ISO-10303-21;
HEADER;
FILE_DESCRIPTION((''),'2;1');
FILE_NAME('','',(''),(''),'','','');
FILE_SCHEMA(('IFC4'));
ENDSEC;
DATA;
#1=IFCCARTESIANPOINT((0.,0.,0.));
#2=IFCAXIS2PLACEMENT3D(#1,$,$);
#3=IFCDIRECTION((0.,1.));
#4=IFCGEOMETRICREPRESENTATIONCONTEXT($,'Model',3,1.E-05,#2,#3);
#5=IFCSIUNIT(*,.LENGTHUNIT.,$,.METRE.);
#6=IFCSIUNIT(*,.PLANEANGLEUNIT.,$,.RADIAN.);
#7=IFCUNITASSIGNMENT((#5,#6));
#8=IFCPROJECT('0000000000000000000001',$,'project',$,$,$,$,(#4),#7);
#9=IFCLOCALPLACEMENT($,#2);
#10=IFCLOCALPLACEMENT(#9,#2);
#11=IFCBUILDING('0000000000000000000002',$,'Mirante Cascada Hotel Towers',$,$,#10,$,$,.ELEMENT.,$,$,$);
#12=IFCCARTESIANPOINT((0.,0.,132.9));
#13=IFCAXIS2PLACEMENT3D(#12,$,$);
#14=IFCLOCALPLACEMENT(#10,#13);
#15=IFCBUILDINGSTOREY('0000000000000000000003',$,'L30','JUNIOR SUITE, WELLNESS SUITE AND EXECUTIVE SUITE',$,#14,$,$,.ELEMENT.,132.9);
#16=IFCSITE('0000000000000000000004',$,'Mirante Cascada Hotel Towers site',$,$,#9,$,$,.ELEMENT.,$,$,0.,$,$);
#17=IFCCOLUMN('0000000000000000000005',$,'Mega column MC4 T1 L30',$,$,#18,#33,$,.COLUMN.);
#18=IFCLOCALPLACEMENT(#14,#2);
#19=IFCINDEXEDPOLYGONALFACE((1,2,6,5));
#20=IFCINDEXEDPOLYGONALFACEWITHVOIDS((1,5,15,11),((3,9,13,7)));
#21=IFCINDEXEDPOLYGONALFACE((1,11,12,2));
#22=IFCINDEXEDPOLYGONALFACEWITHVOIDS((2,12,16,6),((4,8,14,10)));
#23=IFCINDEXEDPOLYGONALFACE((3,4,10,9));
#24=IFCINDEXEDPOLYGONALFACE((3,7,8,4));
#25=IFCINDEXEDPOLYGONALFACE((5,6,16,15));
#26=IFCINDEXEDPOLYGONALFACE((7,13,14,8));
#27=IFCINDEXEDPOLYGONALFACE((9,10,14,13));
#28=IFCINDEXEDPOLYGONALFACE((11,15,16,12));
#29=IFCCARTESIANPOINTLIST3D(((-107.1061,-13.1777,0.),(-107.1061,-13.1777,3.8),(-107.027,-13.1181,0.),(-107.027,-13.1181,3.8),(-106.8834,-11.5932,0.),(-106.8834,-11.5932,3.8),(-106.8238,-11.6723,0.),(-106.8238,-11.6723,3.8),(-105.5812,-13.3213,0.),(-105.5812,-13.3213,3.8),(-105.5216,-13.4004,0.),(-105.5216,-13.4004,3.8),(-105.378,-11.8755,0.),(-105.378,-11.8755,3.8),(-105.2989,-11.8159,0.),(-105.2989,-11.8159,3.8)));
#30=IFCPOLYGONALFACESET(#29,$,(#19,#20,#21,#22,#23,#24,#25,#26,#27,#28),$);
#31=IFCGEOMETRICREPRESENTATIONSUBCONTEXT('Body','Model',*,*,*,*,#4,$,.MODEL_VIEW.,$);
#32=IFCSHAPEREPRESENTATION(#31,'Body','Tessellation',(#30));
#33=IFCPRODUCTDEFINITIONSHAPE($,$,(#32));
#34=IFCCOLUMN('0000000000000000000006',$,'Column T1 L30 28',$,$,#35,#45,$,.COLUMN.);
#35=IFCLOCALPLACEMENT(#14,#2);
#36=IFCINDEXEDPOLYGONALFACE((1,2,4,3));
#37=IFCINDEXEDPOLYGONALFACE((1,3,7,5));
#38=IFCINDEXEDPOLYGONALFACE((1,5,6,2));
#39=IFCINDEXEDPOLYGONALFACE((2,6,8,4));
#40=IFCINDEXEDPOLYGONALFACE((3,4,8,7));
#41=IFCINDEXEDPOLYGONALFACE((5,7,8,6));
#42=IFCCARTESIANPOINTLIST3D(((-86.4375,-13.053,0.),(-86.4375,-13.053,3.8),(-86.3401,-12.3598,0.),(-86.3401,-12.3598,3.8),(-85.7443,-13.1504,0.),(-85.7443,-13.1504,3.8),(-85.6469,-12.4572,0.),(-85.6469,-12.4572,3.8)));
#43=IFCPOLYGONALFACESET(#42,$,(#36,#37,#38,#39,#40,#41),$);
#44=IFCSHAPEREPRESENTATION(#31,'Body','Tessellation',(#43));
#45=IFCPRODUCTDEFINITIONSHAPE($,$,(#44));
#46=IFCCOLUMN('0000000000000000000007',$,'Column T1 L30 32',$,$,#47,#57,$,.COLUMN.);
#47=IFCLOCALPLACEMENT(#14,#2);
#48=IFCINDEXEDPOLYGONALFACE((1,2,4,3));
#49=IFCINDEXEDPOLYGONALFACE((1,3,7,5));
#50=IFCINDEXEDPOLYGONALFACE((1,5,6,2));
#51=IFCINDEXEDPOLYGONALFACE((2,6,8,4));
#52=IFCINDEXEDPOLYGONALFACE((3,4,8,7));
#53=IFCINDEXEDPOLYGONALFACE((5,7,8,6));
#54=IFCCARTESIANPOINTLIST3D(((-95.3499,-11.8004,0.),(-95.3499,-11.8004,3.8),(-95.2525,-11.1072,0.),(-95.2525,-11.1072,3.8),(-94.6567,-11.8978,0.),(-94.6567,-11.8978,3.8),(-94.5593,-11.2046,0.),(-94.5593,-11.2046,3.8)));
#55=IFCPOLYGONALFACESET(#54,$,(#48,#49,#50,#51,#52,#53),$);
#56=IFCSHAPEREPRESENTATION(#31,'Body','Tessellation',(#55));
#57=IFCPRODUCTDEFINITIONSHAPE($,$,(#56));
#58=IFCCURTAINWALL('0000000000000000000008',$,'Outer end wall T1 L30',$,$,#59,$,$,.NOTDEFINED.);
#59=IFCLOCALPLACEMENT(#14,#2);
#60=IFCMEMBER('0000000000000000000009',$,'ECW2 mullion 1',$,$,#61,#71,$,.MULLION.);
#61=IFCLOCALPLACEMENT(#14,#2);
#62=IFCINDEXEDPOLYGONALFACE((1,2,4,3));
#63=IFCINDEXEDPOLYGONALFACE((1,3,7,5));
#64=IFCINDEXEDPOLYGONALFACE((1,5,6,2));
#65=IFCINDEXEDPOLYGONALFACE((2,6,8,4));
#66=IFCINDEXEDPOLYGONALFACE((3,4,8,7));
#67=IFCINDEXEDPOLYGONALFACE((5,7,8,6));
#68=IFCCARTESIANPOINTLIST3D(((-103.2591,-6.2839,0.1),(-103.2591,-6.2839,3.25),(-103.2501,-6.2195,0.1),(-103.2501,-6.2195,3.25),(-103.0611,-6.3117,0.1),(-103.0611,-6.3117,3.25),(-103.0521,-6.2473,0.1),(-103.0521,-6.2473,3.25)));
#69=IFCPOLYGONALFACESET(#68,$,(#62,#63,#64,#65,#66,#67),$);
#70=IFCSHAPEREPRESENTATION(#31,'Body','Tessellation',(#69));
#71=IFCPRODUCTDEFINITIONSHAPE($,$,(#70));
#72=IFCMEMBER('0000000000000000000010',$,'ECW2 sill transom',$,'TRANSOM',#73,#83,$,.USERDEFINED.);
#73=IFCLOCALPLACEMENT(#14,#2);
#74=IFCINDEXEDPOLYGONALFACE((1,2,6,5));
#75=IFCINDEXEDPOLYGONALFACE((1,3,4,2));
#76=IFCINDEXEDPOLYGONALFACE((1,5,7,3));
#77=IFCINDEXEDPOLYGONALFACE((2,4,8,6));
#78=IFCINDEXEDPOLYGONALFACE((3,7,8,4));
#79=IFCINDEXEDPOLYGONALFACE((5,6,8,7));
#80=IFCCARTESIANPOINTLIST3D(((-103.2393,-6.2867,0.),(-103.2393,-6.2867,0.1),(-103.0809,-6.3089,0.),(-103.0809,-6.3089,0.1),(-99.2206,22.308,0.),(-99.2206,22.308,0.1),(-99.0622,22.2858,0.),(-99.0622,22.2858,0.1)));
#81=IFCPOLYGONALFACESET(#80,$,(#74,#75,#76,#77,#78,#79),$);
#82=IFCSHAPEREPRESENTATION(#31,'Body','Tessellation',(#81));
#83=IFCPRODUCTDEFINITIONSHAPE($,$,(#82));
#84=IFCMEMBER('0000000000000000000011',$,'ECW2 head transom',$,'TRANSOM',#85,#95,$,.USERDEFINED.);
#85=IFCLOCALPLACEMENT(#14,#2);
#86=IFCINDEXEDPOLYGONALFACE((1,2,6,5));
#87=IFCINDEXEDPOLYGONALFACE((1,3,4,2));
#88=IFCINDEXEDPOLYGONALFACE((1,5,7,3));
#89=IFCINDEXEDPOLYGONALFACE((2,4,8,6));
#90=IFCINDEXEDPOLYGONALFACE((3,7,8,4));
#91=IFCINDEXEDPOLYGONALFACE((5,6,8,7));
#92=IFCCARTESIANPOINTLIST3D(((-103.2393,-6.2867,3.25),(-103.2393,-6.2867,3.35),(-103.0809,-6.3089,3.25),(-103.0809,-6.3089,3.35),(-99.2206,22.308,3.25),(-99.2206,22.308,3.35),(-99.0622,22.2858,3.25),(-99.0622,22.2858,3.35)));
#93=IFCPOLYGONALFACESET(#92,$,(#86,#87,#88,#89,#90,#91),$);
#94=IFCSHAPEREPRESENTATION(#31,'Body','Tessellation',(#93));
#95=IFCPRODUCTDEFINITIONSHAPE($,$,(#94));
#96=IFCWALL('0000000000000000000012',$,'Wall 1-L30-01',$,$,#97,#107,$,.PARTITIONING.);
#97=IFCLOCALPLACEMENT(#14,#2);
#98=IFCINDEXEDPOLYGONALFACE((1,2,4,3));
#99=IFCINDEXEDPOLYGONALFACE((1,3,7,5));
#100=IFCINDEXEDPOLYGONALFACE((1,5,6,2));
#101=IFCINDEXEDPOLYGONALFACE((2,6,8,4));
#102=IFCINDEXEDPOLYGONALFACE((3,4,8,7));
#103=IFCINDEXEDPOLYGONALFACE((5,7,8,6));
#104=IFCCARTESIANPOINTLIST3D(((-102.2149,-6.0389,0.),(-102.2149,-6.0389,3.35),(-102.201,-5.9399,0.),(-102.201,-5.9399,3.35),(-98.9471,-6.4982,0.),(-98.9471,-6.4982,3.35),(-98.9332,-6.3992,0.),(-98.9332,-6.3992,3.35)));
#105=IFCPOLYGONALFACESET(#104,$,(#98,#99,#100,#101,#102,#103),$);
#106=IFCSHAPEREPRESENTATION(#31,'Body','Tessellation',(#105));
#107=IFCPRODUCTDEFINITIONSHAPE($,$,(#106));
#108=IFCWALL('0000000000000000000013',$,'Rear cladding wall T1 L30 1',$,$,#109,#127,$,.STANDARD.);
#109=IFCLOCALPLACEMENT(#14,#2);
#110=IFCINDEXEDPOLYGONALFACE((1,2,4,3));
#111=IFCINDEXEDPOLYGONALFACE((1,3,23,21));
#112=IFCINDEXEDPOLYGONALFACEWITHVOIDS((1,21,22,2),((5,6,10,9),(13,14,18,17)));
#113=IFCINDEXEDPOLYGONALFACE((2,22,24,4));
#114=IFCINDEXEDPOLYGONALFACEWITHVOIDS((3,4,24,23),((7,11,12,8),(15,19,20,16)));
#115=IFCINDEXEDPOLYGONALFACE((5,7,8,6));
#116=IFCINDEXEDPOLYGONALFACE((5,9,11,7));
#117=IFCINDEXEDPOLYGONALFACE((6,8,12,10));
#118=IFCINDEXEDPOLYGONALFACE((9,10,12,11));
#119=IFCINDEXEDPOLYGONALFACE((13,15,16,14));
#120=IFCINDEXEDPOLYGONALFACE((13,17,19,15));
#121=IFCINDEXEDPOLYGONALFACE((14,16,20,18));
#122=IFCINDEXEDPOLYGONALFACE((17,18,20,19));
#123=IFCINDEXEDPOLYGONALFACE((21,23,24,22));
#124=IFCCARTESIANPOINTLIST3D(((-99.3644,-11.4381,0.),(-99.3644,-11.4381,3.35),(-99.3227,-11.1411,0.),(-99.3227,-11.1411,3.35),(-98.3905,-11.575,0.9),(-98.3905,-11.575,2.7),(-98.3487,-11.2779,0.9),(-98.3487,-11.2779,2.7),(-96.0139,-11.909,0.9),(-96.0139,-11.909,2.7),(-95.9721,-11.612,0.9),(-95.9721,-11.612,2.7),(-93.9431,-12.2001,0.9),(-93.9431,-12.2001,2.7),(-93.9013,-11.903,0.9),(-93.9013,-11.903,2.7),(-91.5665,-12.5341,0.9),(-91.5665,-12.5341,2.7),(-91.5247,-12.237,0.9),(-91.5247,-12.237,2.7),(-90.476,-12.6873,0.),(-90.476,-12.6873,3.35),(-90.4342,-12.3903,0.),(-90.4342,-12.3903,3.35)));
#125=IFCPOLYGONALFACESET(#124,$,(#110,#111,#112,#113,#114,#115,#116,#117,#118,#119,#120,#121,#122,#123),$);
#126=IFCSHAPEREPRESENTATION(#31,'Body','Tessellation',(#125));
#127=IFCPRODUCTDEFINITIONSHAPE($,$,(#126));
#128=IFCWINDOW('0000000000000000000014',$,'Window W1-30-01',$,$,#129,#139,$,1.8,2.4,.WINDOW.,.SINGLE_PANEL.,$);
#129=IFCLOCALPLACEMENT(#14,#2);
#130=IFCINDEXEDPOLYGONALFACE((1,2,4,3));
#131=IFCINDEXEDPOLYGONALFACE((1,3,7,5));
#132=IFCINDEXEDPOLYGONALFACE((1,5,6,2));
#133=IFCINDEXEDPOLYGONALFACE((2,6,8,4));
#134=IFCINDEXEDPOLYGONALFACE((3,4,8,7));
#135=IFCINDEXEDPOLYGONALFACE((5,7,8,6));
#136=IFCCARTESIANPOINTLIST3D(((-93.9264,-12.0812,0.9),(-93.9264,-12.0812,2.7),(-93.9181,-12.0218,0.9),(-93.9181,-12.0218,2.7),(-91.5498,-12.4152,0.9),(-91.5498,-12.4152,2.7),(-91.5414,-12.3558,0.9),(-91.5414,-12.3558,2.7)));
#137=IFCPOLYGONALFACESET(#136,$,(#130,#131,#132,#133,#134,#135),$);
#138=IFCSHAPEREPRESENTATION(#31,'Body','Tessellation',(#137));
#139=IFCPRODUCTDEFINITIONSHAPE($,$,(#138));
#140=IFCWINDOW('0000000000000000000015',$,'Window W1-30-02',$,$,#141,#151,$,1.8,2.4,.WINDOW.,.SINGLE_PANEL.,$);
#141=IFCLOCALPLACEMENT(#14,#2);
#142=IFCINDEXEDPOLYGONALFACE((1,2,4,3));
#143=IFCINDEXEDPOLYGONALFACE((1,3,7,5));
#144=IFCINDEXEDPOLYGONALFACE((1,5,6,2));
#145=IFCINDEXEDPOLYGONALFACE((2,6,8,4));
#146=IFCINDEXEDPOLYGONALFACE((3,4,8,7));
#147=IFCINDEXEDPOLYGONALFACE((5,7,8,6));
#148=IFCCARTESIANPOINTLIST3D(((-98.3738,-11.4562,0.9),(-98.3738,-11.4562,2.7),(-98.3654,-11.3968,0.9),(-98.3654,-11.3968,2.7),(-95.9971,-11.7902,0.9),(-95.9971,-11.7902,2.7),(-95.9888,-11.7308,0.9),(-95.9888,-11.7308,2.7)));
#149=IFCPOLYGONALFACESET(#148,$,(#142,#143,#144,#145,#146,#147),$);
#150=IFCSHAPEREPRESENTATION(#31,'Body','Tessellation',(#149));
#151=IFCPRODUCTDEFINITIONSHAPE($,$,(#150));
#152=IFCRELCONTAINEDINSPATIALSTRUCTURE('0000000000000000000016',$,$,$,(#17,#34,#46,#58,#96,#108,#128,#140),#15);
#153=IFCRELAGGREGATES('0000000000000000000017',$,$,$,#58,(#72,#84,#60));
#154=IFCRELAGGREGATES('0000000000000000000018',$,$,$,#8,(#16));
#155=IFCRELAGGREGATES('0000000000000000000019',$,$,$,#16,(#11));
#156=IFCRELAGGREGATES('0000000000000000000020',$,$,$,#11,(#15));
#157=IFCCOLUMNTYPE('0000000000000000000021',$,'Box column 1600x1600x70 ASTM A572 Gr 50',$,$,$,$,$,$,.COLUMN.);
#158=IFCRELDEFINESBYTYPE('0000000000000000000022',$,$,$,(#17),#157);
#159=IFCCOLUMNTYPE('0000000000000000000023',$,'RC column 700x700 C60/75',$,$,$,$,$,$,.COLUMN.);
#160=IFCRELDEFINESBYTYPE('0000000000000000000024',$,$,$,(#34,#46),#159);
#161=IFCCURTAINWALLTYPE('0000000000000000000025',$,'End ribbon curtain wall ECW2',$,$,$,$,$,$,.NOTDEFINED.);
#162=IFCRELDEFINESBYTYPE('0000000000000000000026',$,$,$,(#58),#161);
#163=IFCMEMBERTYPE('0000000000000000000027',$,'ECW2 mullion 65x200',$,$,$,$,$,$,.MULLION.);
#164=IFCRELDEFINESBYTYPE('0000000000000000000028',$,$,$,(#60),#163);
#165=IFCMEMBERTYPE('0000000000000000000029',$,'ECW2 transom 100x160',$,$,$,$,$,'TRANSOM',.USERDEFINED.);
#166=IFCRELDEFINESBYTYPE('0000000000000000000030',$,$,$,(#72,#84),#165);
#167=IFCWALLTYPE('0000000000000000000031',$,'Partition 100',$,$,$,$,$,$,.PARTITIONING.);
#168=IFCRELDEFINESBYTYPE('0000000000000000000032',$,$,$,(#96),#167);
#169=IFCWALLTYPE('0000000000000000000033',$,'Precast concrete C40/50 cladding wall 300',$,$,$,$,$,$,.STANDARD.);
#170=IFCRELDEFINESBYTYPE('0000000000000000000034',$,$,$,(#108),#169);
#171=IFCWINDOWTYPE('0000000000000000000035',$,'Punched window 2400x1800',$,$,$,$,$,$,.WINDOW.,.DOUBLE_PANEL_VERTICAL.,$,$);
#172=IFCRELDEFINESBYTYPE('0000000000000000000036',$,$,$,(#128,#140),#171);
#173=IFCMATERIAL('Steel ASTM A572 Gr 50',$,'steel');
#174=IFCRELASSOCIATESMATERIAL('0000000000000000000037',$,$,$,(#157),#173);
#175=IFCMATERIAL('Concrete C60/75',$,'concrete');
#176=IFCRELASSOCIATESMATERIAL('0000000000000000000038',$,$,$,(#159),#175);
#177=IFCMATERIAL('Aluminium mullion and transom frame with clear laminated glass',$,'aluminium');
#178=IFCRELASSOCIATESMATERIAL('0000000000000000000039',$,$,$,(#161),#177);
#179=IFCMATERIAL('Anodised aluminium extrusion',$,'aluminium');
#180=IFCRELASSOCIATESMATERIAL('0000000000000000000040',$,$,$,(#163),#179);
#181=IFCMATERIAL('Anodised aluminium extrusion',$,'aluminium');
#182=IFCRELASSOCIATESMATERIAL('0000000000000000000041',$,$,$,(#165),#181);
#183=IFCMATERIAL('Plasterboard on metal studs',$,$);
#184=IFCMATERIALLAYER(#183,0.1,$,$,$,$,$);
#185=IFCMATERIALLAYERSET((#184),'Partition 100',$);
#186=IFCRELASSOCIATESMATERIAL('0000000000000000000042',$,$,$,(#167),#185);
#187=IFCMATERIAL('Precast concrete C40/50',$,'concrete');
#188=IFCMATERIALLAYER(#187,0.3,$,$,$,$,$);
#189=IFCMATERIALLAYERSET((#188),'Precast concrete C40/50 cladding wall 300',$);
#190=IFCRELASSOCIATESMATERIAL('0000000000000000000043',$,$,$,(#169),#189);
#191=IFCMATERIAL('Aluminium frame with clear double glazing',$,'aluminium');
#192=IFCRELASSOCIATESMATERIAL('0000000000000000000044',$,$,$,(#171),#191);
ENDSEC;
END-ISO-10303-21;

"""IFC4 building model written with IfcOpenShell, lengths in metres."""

from ifc_helpers import new_model, si_unit, direction, frame, frame_2d, origin, origin_2d, place, context, subcontext, project, spatial, rectangle, hollow_rectangle, extrude, material, layer, layer_set, material_profile, profile_set, type_object, element, fill, aggregate, save


model = new_model("IFC4")

# Units and contexts
model_context = context("Model", 3, precision=1e-05, world=origin(), true_north=direction((0.0, 1.0)))
body_context = subcontext(model_context, "Body", "Model", "MODEL_VIEW")
ifc_project = project(units=[si_unit("LENGTHUNIT", "METRE"), si_unit("PLANEANGLEUNIT", "RADIAN")], contexts=[model_context])

# Site, building, storey
site_placement = place(None, origin())
site = spatial("IfcSite", under=ifc_project, at=site_placement, Name="Mirante Cascada Hotel Towers site", CompositionType="ELEMENT", RefElevation=0.0)
building_placement = place(site_placement, origin())
building = spatial("IfcBuilding", under=site, at=building_placement, Name="Mirante Cascada Hotel Towers", CompositionType="ELEMENT")
storey_placement = place(building_placement, frame((0.0, 0.0, 132.9)))
storey = spatial("IfcBuildingStorey", under=building, at=storey_placement, Name="L30", Description="JUNIOR SUITE, WELLNESS SUITE AND EXECUTIVE SUITE", CompositionType="ELEMENT", Elevation=132.9)

# Columns
ifc_material_1 = material(Name="Steel ASTM A572 Gr 50", Category="steel")
ifc_material_profile_1 = material_profile(ifc_material_1, hollow_rectangle(XDim=1.6, YDim=1.6, WallThickness=0.07, at=origin_2d()), Name="Box column 1600x1600x70 ASTM A572 Gr 50")
ifc_profile_set_1 = profile_set([ifc_material_profile_1], Name="Steel ASTM A572 Gr 50")
column_type_1 = type_object("IfcColumnType", Name="Box column 1600x1600x70 ASTM A572 Gr 50", PredefinedType="COLUMN", material=ifc_profile_set_1)
column_placement = place(storey_placement, frame((-106.2025, -12.4968, 0.0), z_axis=(0.0, 0.0, 1.0), x_axis=(-0.990268, 0.139173, 0.0)))
element("IfcColumn", 1, at=column_placement, inside=storey, type_object=column_type_1, Name="Mega column MC4 T1 L30", PredefinedType="COLUMN", context=body_context, shape_type="SweptSolid", body=[
    extrude(hollow_rectangle(XDim=1.6, YDim=1.6, WallThickness=0.07, at=origin_2d()), origin(), (0.0, 0.0, 1.0), 3.8),
])
ifc_material_2 = material(Name="Concrete C60/75", Category="concrete")
ifc_material_profile_2 = material_profile(ifc_material_2, rectangle(XDim=0.7, YDim=0.7, at=origin_2d()), Name="RC column 700x700 C60/75")
ifc_profile_set_2 = profile_set([ifc_material_profile_2], Name="Concrete C60/75")
column_type_2 = type_object("IfcColumnType", Name="RC column 700x700 C60/75", PredefinedType="COLUMN", material=ifc_profile_set_2)
for number, where, z_axis, x_axis, name in (
    (2, (-86.0422, -12.7551, 0.0), (0.0, 0.0, 1.0), (-0.990268, 0.139173, 0.0), "Column T1 L30 28"),
    (3, (-94.9546, -11.5025, 0.0), (0.0, 0.0, 1.0), (-0.990268, 0.139173, 0.0), "Column T1 L30 32"),
):
    element("IfcColumn", number, at=place(storey_placement, frame(where, z_axis=z_axis, x_axis=x_axis)), inside=storey, type_object=column_type_2, Name=name, PredefinedType="COLUMN", context=body_context, shape_type="SweptSolid", body=[
        extrude(rectangle(XDim=0.7, YDim=0.7, at=origin_2d()), origin(), (0.0, 0.0, 1.0), 3.8),
    ])

# Curtain wall, members
ifc_material_3 = material(Name="Aluminium mullion and transom frame with clear laminated glass", Category="aluminium")
curtain_wall_type = type_object("IfcCurtainWallType", Name="End ribbon curtain wall ECW2", PredefinedType="NOTDEFINED", material=ifc_material_3)
curtain_wall_placement = place(storey_placement, origin())
curtain_wall = element("IfcCurtainWall", 4, at=curtain_wall_placement, inside=storey, type_object=curtain_wall_type, Name="Outer end wall T1 L30", PredefinedType="NOTDEFINED")
ifc_material_4 = material(Name="Anodised aluminium extrusion", Category="aluminium")
ifc_material_profile_3 = material_profile(ifc_material_4, rectangle(XDim=0.2, YDim=0.065, at=origin_2d()), Name="ECW2 MULLION 65x200")
ifc_profile_set_3 = profile_set([ifc_material_profile_3], Name="Anodised aluminium extrusion")
member_type_1 = type_object("IfcMemberType", Name="ECW2 mullion 65x200", PredefinedType="MULLION", material=ifc_profile_set_3)
member_1_placement = place(storey_placement, frame((-103.1556, -6.2656, 0.1), z_axis=(0.0, 0.0, 1.0), x_axis=(-0.990268, 0.139173, 0.0)))
member_1 = element("IfcMember", 5, at=member_1_placement, type_object=member_type_1, Name="ECW2 mullion 1", PredefinedType="MULLION", context=body_context, shape_type="SweptSolid", body=[
    extrude(rectangle(XDim=0.2, YDim=0.065, at=origin_2d()), origin(), (0.0, 0.0, 1.0), 3.15),
])
ifc_material_5 = material(Name="Anodised aluminium extrusion", Category="aluminium")
ifc_material_profile_4 = material_profile(ifc_material_5, rectangle(XDim=0.16, YDim=0.1, at=origin_2d()), Name="ECW2 TRANSOM 100x160")
ifc_profile_set_4 = profile_set([ifc_material_profile_4], Name="Anodised aluminium extrusion")
member_type_2 = type_object("IfcMemberType", Name="ECW2 transom 100x160", ElementType="TRANSOM", PredefinedType="USERDEFINED", material=ifc_profile_set_4)
member_2_placement = place(storey_placement, frame((-103.1601, -6.2978, 0.05), z_axis=(0.139172, 0.990268, 0.0), x_axis=(-0.990268, 0.139172, 0.0)))
member_2 = element("IfcMember", 6, at=member_2_placement, type_object=member_type_2, Name="ECW2 sill transom", ObjectType="TRANSOM", PredefinedType="USERDEFINED", context=body_context, shape_type="SweptSolid", body=[
    extrude(rectangle(XDim=0.16, YDim=0.1, at=origin_2d()), origin(), (0.0, 0.0, 1.0), 28.8757),
])
member_3_placement = place(storey_placement, frame((-103.1601, -6.2978, 3.3), z_axis=(0.139172, 0.990268, 0.0), x_axis=(-0.990268, 0.139172, 0.0)))
member_3 = element("IfcMember", 7, at=member_3_placement, type_object=member_type_2, Name="ECW2 head transom", ObjectType="TRANSOM", PredefinedType="USERDEFINED", context=body_context, shape_type="SweptSolid", body=[
    extrude(rectangle(XDim=0.16, YDim=0.1, at=origin_2d()), origin(), (0.0, 0.0, 1.0), 28.8757),
])
aggregate(curtain_wall, [member_2, member_3, member_1])

# Wall
ifc_material_6 = material(Name="Plasterboard on metal studs")
ifc_layer_1 = layer(ifc_material_6, 0.1)
ifc_layer_set_1 = layer_set([ifc_layer_1], Name="Partition 100")
wall_type_1 = type_object("IfcWallType", Name="Partition 100", PredefinedType="PARTITIONING", material=ifc_layer_set_1)
wall_1_placement = place(storey_placement, frame((-98.9401, -6.4487, 0.0), z_axis=(0.0, 0.0, 1.0), x_axis=(-0.990266, 0.139185, 0.0)))
element("IfcWall", 8, at=wall_1_placement, inside=storey, type_object=wall_type_1, Name="Wall 1-L30-01", PredefinedType="PARTITIONING", context=body_context, shape_type="SweptSolid", body=[
    extrude(rectangle(XDim=3.2999, YDim=0.1, at=frame_2d((1.65, 0.0))), origin(), (0.0, 0.0, 1.0), 3.35),
])

# Wall, openings, windows
ifc_material_7 = material(Name="Precast concrete C40/50", Category="concrete")
ifc_layer_2 = layer(ifc_material_7, 0.3)
ifc_layer_set_2 = layer_set([ifc_layer_2], Name="Precast concrete C40/50 cladding wall 300")
wall_type_2 = type_object("IfcWallType", Name="Precast concrete C40/50 cladding wall 300", PredefinedType="STANDARD", material=ifc_layer_set_2)
wall_2_placement = place(storey_placement, frame((-90.4551, -12.5388, 0.0), z_axis=(0.0, 0.0, 1.0), x_axis=(-0.990268, 0.139175, 0.0)))
wall_2 = element("IfcWall", 9, at=wall_2_placement, inside=storey, type_object=wall_type_2, Name="Rear cladding wall T1 L30 1", PredefinedType="STANDARD", context=body_context, shape_type="SweptSolid", body=[
    extrude(rectangle(XDim=8.9758, YDim=0.3, at=frame_2d((4.4879, 0.0))), origin(), (0.0, 0.0, 1.0), 3.35),
])
opening_1_placement = place(wall_2_placement, frame((1.1012, 0.0, 0.9)))
opening_1 = element("IfcOpeningElement", 10, at=opening_1_placement, cuts=wall_2, PredefinedType="OPENING", context=body_context, shape_type="SweptSolid", body=[
    extrude(rectangle(XDim=2.4, YDim=1.8, at=frame_2d((1.2, 0.9))), frame((0.0, 0.15, 0.0), z_axis=(0.0, -1.0, 0.0), x_axis=(1.0, 0.0, 0.0)), (0.0, 0.0, 1.0), 0.3),
])
opening_2_placement = place(wall_2_placement, frame((5.5923, 0.0, 0.9)))
opening_2 = element("IfcOpeningElement", 11, at=opening_2_placement, cuts=wall_2, PredefinedType="OPENING", context=body_context, shape_type="SweptSolid", body=[
    extrude(rectangle(XDim=2.4, YDim=1.8, at=frame_2d((1.2, 0.9))), frame((0.0, 0.15, 0.0), z_axis=(0.0, -1.0, 0.0), x_axis=(1.0, 0.0, 0.0)), (0.0, 0.0, 1.0), 0.3),
])
ifc_material_8 = material(Name="Aluminium frame with clear double glazing", Category="aluminium")
window_type_1 = type_object("IfcWindowType", Name="Punched window 2400x1800", PartitioningType="DOUBLE_PANEL_VERTICAL", PredefinedType="WINDOW", material=ifc_material_8)
window_1_placement = place(opening_1_placement, origin())
window_1 = element("IfcWindow", 12, at=window_1_placement, inside=storey, type_object=window_type_1, Name="Window W1-30-01", OverallHeight=1.8, OverallWidth=2.4, PartitioningType="SINGLE_PANEL", PredefinedType="WINDOW", context=body_context, shape_type="SweptSolid", body=[
    extrude(rectangle(XDim=2.4, YDim=1.8, at=frame_2d((1.2, 0.9))), frame((0.0, 0.03, 0.0), z_axis=(0.0, -1.0, 0.0), x_axis=(1.0, 0.0, 0.0)), (0.0, 0.0, 1.0), 0.06),
])
fill(opening_1, window_1)
window_2_placement = place(opening_2_placement, origin())
window_2 = element("IfcWindow", 13, at=window_2_placement, inside=storey, type_object=window_type_1, Name="Window W1-30-02", OverallHeight=1.8, OverallWidth=2.4, PartitioningType="SINGLE_PANEL", PredefinedType="WINDOW", context=body_context, shape_type="SweptSolid", body=[
    extrude(rectangle(XDim=2.4, YDim=1.8, at=frame_2d((1.2, 0.9))), frame((0.0, 0.03, 0.0), z_axis=(0.0, -1.0, 0.0), x_axis=(1.0, 0.0, 0.0)), (0.0, 0.0, 1.0), 0.06),
])
fill(opening_2, window_2)

save(model, "model.ifc")
